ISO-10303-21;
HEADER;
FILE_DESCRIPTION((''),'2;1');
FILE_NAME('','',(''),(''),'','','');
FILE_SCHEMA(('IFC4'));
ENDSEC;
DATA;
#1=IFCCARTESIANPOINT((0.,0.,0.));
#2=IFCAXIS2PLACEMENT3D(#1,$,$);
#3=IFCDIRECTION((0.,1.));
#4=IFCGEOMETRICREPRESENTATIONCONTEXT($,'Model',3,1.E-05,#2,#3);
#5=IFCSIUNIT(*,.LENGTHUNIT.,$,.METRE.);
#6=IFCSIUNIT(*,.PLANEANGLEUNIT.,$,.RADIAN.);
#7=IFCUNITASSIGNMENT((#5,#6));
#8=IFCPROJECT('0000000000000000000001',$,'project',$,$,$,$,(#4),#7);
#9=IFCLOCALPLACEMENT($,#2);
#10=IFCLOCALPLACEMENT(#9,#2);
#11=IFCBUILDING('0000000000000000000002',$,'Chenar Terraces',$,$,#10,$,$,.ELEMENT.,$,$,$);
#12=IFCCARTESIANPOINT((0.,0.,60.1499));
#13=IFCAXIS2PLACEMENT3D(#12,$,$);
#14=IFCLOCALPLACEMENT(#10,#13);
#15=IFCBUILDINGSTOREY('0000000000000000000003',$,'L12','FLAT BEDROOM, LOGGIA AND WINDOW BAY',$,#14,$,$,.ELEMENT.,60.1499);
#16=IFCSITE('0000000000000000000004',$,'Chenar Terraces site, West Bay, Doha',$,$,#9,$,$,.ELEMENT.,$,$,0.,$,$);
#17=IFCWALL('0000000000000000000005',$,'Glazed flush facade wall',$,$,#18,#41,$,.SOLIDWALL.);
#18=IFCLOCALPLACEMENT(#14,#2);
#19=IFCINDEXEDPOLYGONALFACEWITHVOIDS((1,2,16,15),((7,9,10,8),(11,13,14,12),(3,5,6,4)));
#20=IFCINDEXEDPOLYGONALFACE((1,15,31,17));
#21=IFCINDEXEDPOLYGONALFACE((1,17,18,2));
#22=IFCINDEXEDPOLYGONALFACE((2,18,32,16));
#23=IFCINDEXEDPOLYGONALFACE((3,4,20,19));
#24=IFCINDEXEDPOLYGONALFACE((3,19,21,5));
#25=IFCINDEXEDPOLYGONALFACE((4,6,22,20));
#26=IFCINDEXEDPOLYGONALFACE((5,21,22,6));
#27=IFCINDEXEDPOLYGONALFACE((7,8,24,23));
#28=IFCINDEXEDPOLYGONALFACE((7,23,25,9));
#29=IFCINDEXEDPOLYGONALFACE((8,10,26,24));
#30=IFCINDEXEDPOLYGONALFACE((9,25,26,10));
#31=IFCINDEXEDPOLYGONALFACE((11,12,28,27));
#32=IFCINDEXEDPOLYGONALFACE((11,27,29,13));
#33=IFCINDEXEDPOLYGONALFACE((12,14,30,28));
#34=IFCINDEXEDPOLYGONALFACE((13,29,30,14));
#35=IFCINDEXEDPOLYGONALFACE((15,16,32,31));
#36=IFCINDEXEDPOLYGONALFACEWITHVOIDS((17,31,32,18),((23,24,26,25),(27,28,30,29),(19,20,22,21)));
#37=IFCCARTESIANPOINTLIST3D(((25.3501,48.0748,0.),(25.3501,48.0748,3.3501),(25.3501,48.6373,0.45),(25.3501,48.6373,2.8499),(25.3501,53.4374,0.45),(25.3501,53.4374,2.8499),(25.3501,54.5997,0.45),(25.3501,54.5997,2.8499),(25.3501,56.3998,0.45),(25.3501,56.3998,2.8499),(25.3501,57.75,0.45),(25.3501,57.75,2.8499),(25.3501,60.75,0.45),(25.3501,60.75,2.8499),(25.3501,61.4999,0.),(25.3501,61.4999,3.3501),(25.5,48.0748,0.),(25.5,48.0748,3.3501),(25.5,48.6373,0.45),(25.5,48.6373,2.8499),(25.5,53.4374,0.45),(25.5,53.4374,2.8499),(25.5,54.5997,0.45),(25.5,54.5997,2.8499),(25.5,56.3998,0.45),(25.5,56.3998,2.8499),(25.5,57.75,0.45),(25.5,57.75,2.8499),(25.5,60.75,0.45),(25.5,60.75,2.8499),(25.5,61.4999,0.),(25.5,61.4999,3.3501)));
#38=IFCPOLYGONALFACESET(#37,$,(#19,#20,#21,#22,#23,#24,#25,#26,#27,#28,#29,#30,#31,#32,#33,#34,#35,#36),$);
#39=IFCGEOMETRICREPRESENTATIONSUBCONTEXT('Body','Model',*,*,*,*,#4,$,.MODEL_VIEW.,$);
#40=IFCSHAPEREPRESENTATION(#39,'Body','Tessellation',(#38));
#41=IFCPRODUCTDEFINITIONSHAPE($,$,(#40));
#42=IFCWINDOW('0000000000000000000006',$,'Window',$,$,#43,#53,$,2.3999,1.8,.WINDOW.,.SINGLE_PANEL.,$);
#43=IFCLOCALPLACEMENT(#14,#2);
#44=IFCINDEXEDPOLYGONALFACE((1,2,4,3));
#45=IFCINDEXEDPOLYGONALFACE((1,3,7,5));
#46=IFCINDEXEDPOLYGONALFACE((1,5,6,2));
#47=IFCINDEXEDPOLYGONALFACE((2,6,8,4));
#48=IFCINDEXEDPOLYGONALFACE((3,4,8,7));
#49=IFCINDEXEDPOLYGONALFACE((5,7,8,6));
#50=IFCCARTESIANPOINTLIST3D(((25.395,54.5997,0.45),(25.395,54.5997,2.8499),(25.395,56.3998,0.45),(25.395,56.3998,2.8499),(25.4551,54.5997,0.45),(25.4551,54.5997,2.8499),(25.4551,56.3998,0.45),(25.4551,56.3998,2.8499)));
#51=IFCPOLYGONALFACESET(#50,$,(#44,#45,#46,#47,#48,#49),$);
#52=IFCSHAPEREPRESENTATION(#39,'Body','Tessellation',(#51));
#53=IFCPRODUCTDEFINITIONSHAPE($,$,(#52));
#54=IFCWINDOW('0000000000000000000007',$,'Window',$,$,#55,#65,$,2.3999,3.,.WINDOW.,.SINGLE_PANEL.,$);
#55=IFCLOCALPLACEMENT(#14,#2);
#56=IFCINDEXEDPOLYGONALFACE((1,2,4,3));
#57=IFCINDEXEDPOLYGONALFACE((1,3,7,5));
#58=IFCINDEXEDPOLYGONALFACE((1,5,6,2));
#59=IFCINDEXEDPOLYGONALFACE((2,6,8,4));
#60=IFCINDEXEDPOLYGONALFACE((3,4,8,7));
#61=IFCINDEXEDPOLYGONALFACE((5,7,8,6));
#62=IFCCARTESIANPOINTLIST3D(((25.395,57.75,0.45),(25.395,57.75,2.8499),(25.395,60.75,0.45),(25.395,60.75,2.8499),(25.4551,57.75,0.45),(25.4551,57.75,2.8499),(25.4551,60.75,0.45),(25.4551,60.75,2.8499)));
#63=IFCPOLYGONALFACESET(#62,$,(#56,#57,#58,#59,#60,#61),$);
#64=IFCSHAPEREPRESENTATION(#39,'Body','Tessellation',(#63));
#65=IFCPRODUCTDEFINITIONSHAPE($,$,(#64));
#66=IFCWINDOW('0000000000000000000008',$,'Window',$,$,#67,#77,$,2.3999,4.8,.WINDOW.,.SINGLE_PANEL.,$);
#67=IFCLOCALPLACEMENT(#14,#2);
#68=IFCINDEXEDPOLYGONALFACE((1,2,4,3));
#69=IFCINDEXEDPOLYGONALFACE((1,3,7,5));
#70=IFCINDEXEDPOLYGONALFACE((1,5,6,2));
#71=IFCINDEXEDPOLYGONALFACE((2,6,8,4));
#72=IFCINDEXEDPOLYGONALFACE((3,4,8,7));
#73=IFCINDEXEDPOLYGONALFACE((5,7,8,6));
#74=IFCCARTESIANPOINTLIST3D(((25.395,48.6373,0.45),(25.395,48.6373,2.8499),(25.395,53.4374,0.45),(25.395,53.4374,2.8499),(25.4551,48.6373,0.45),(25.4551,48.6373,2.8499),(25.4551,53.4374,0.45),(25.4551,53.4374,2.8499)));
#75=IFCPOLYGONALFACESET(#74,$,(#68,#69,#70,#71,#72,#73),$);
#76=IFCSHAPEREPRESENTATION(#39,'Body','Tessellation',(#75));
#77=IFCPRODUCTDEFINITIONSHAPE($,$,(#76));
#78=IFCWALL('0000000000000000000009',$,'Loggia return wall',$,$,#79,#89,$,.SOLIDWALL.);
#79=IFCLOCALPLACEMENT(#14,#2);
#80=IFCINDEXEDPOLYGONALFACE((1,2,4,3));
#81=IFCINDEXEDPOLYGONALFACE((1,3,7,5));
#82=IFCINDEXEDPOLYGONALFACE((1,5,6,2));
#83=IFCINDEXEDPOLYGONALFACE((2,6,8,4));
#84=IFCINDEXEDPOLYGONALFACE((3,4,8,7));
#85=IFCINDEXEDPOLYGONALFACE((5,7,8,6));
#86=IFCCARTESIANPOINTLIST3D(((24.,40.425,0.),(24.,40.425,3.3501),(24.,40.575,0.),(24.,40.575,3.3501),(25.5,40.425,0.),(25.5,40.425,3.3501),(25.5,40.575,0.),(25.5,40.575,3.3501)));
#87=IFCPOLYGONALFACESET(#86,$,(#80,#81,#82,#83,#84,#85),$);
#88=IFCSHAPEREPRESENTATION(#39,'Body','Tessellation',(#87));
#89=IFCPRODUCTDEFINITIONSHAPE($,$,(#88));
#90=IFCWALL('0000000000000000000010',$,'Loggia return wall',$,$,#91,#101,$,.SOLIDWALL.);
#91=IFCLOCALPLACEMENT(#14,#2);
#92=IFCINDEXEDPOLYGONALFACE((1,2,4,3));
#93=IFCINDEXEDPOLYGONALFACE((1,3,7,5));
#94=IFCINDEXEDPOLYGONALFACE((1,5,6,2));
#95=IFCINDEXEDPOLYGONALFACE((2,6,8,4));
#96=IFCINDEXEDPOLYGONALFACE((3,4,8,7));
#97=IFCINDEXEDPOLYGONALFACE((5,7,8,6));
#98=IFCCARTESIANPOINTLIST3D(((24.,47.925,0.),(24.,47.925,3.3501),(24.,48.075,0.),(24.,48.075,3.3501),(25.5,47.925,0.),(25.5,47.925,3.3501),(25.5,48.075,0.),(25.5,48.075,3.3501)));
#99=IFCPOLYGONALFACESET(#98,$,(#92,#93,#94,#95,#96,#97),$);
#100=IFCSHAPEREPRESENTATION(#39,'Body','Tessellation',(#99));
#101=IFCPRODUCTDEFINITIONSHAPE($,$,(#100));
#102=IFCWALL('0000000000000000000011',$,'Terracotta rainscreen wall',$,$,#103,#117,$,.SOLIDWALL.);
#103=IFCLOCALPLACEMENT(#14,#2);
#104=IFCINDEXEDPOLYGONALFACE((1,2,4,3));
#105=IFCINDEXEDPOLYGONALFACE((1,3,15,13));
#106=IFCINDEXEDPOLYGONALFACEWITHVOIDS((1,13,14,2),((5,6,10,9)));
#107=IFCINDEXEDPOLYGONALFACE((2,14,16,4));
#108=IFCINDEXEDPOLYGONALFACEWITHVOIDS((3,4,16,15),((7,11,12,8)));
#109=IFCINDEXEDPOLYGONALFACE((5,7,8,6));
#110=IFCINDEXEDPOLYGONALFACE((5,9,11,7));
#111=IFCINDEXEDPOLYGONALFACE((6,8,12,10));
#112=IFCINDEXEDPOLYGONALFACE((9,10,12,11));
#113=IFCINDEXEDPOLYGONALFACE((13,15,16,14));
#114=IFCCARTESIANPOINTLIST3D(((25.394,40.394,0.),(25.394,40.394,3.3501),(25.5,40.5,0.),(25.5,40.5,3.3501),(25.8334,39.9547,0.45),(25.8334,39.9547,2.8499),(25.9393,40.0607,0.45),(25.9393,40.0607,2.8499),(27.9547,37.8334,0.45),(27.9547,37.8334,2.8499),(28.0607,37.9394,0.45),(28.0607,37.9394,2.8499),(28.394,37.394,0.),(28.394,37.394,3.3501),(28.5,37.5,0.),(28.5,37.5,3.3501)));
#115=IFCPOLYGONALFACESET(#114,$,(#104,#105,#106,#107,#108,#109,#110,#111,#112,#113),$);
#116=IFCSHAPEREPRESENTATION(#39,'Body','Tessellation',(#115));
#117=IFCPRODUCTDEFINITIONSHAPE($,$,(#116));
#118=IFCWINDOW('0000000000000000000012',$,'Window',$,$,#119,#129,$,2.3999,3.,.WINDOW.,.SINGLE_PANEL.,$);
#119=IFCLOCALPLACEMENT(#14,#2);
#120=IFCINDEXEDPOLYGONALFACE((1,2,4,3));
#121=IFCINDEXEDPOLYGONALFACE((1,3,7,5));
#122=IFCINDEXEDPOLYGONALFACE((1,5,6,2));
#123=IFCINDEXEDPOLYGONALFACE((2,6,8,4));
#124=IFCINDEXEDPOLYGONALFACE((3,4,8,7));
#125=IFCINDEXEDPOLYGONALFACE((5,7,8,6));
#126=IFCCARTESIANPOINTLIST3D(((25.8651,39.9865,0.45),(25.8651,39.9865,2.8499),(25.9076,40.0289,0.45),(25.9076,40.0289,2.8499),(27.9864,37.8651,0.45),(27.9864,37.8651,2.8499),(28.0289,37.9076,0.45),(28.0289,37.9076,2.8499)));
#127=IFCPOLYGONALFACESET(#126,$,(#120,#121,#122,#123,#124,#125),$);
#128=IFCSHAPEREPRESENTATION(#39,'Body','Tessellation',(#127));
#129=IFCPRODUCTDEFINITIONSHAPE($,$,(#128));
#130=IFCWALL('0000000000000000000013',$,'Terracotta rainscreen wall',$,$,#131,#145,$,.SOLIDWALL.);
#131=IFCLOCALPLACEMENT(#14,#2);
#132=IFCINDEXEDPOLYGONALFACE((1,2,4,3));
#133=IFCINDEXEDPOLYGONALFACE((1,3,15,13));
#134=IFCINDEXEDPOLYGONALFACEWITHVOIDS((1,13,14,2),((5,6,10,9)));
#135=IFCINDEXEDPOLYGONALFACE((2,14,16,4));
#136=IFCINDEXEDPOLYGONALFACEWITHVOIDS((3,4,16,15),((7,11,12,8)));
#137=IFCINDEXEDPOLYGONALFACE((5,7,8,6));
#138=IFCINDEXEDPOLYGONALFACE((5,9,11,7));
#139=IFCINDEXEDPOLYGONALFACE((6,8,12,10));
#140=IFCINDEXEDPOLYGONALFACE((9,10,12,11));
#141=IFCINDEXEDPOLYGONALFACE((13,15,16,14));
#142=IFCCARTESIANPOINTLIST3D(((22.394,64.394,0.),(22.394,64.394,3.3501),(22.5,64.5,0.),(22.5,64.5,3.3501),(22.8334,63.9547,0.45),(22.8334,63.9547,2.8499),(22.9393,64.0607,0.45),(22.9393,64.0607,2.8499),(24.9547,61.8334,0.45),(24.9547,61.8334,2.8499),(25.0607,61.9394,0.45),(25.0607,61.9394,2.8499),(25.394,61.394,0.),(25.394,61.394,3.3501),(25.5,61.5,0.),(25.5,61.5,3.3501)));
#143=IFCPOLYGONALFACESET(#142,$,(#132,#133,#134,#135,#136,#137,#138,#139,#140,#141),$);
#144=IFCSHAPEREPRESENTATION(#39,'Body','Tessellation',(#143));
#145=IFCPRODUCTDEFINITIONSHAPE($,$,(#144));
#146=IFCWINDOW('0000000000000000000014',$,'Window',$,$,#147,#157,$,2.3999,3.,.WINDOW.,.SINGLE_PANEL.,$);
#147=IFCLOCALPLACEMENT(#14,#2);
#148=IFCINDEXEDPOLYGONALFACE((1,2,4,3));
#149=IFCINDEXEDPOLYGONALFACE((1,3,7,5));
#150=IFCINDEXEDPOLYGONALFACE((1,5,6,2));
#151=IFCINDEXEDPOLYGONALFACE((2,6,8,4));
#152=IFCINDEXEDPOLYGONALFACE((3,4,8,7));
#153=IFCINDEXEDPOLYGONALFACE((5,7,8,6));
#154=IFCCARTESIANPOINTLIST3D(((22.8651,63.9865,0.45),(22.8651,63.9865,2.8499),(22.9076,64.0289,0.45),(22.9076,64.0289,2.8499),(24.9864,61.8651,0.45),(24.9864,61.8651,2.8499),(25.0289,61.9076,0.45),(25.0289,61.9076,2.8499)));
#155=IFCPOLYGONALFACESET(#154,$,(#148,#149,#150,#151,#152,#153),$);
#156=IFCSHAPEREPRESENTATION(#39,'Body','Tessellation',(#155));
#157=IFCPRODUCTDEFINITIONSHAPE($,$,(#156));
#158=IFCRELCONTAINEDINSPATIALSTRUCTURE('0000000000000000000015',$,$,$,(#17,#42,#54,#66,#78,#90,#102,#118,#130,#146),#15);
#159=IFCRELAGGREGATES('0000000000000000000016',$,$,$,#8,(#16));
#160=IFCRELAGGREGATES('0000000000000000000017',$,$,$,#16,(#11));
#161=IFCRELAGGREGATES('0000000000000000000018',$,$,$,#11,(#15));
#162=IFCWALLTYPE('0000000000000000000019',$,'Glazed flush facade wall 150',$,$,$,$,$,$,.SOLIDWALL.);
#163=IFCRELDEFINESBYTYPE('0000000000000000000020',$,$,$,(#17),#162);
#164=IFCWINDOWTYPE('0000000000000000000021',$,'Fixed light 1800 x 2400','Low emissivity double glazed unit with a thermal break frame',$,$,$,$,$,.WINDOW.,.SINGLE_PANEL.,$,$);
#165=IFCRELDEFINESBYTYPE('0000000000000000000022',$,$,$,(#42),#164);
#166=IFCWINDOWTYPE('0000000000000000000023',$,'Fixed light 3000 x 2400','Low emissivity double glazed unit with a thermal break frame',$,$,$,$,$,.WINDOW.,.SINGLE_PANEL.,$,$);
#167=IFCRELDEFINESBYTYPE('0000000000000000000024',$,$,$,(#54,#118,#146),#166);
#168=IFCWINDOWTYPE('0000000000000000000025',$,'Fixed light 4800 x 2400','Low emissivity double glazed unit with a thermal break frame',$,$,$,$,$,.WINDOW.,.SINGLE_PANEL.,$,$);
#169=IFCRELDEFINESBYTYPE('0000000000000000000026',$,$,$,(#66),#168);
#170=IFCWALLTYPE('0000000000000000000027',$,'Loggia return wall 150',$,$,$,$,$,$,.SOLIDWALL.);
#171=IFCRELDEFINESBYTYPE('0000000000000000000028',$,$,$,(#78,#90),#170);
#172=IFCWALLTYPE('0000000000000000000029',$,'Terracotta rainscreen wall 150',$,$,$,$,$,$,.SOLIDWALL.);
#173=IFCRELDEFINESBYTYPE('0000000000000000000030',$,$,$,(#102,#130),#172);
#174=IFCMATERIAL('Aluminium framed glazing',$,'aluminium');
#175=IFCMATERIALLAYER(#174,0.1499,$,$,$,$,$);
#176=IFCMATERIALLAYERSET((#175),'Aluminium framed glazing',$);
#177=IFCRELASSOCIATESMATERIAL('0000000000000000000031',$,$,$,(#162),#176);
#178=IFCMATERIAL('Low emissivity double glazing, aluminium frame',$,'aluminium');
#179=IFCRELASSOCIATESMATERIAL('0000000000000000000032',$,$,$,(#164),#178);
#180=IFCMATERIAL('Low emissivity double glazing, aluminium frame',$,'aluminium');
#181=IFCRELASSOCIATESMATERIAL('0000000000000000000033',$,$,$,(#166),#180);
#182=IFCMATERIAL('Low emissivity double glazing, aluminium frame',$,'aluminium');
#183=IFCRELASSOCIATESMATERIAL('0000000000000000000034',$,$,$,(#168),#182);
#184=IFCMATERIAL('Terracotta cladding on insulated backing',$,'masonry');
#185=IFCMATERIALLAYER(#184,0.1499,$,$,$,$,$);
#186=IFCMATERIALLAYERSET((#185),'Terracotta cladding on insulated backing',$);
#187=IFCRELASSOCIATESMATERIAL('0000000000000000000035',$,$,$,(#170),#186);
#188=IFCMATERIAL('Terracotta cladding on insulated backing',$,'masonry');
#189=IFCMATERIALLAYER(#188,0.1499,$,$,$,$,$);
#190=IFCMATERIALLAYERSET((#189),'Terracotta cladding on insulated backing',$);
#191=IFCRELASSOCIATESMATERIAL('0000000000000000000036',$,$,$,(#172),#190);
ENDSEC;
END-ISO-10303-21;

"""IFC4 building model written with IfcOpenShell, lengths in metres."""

from ifc_helpers import new_model, si_unit, direction, frame, frame_2d, origin, place, context, subcontext, project, spatial, rectangle, extrude, material, layer, layer_set, type_object, element, fill, save


model = new_model("IFC4")

# Units and contexts
model_context = context("Model", 3, precision=1e-05, world=origin(), true_north=direction((0.0, 1.0)))
body_context = subcontext(model_context, "Body", "Model", "MODEL_VIEW")
ifc_project = project(units=[si_unit("LENGTHUNIT", "METRE"), si_unit("PLANEANGLEUNIT", "RADIAN")], contexts=[model_context])

# Site, building, storey
site_placement = place(None, origin())
site = spatial("IfcSite", under=ifc_project, at=site_placement, Name="Chenar Terraces site, West Bay, Doha", CompositionType="ELEMENT", RefElevation=0.0)
building_placement = place(site_placement, origin())
building = spatial("IfcBuilding", under=site, at=building_placement, Name="Chenar Terraces", CompositionType="ELEMENT")
storey_placement = place(building_placement, frame((0.0, 0.0, 60.1499)))
storey = spatial("IfcBuildingStorey", under=building, at=storey_placement, Name="L12", Description="FLAT BEDROOM, LOGGIA AND WINDOW BAY", CompositionType="ELEMENT", Elevation=60.1499)

# Wall, openings, windows
ifc_material_1 = material(Name="Aluminium framed glazing", Category="aluminium")
ifc_layer_1 = layer(ifc_material_1, 0.1499)
ifc_layer_set_1 = layer_set([ifc_layer_1], Name="Aluminium framed glazing")
wall_type_1 = type_object("IfcWallType", Name="Glazed flush facade wall 150", PredefinedType="SOLIDWALL", material=ifc_layer_set_1)
wall_1_placement = place(storey_placement, frame((25.425, 48.075, 0.0), z_axis=(0.0, 0.0, 1.0), x_axis=(0.0, 1.0, 0.0)))
wall_1 = element("IfcWall", 1, at=wall_1_placement, inside=storey, type_object=wall_type_1, Name="Glazed flush facade wall", PredefinedType="SOLIDWALL", context=body_context, shape_type="SweptSolid", body=[
    extrude(rectangle(XDim=13.425, YDim=0.1499, at=frame_2d((6.7124, 0.0))), origin(), (0.0, 0.0, 1.0), 3.3501),
])
opening_1_placement = place(wall_1_placement, frame((0.5625, 0.0, 0.45)))
opening_1 = element("IfcOpeningElement", 2, at=opening_1_placement, cuts=wall_1, PredefinedType="OPENING", context=body_context, shape_type="SweptSolid", body=[
    extrude(rectangle(XDim=4.8, YDim=2.3999, at=frame_2d((2.3999, 1.2))), frame((0.0, 0.085, 0.0), z_axis=(0.0, -1.0, 0.0), x_axis=(1.0, 0.0, 0.0)), (0.0, 0.0, 1.0), 0.1699),
])
opening_2_placement = place(wall_1_placement, frame((6.5249, 0.0, 0.45)))
opening_2 = element("IfcOpeningElement", 3, at=opening_2_placement, cuts=wall_1, PredefinedType="OPENING", context=body_context, shape_type="SweptSolid", body=[
    extrude(rectangle(XDim=1.8, YDim=2.3999, at=frame_2d((0.8999, 1.2))), frame((0.0, 0.085, 0.0), z_axis=(0.0, -1.0, 0.0), x_axis=(1.0, 0.0, 0.0)), (0.0, 0.0, 1.0), 0.1699),
])
opening_3_placement = place(wall_1_placement, frame((9.675, 0.0, 0.45)))
opening_3 = element("IfcOpeningElement", 4, at=opening_3_placement, cuts=wall_1, PredefinedType="OPENING", context=body_context, shape_type="SweptSolid", body=[
    extrude(rectangle(XDim=3.0, YDim=2.3999, at=frame_2d((1.5, 1.2))), frame((0.0, 0.085, 0.0), z_axis=(0.0, -1.0, 0.0), x_axis=(1.0, 0.0, 0.0)), (0.0, 0.0, 1.0), 0.1699),
])
ifc_material_2 = material(Name="Low emissivity double glazing, aluminium frame", Category="aluminium")
window_type_1 = type_object("IfcWindowType", Name="Fixed light 1800 x 2400", Description="Low emissivity double glazed unit with a thermal break frame", PartitioningType="SINGLE_PANEL", PredefinedType="WINDOW", material=ifc_material_2)
window_1_placement = place(opening_2_placement, origin())
window_1 = element("IfcWindow", 5, at=window_1_placement, inside=storey, type_object=window_type_1, Name="Window", OverallHeight=2.3999, OverallWidth=1.8, PartitioningType="SINGLE_PANEL", PredefinedType="WINDOW", context=body_context, shape_type="SweptSolid", body=[
    extrude(rectangle(XDim=1.8, YDim=2.3999, at=frame_2d((0.8999, 1.2))), frame((0.0, 0.03, 0.0), z_axis=(0.0, -1.0, 0.0), x_axis=(1.0, 0.0, 0.0)), (0.0, 0.0, 1.0), 0.0601),
])
fill(opening_2, window_1)
ifc_material_3 = material(Name="Low emissivity double glazing, aluminium frame", Category="aluminium")
window_type_2 = type_object("IfcWindowType", Name="Fixed light 3000 x 2400", Description="Low emissivity double glazed unit with a thermal break frame", PartitioningType="SINGLE_PANEL", PredefinedType="WINDOW", material=ifc_material_3)
window_2_placement = place(opening_3_placement, origin())
window_2 = element("IfcWindow", 6, at=window_2_placement, inside=storey, type_object=window_type_2, Name="Window", OverallHeight=2.3999, OverallWidth=3.0, PartitioningType="SINGLE_PANEL", PredefinedType="WINDOW", context=body_context, shape_type="SweptSolid", body=[
    extrude(rectangle(XDim=3.0, YDim=2.3999, at=frame_2d((1.5, 1.2))), frame((0.0, 0.03, 0.0), z_axis=(0.0, -1.0, 0.0), x_axis=(1.0, 0.0, 0.0)), (0.0, 0.0, 1.0), 0.0601),
])
fill(opening_3, window_2)
ifc_material_4 = material(Name="Low emissivity double glazing, aluminium frame", Category="aluminium")
window_type_3 = type_object("IfcWindowType", Name="Fixed light 4800 x 2400", Description="Low emissivity double glazed unit with a thermal break frame", PartitioningType="SINGLE_PANEL", PredefinedType="WINDOW", material=ifc_material_4)
window_3_placement = place(opening_1_placement, origin())
window_3 = element("IfcWindow", 7, at=window_3_placement, inside=storey, type_object=window_type_3, Name="Window", OverallHeight=2.3999, OverallWidth=4.8, PartitioningType="SINGLE_PANEL", PredefinedType="WINDOW", context=body_context, shape_type="SweptSolid", body=[
    extrude(rectangle(XDim=4.8, YDim=2.3999, at=frame_2d((2.3999, 1.2))), frame((0.0, 0.03, 0.0), z_axis=(0.0, -1.0, 0.0), x_axis=(1.0, 0.0, 0.0)), (0.0, 0.0, 1.0), 0.0601),
])
fill(opening_1, window_3)

# Walls
ifc_material_5 = material(Name="Terracotta cladding on insulated backing", Category="masonry")
ifc_layer_2 = layer(ifc_material_5, 0.1499)
ifc_layer_set_2 = layer_set([ifc_layer_2], Name="Terracotta cladding on insulated backing")
wall_type_2 = type_object("IfcWallType", Name="Loggia return wall 150", PredefinedType="SOLIDWALL", material=ifc_layer_set_2)
for number, where, z_axis, x_axis, name in (
    (8, (25.5, 40.5, 0.0), (0.0, 0.0, 1.0), (-1.0, 0.0, 0.0), "Loggia return wall"),
    (9, (25.5, 48.0, 0.0), (0.0, 0.0, 1.0), (-1.0, 0.0, 0.0), "Loggia return wall"),
):
    element("IfcWall", number, at=place(storey_placement, frame(where, z_axis=z_axis, x_axis=x_axis)), inside=storey, type_object=wall_type_2, Name=name, PredefinedType="SOLIDWALL", context=body_context, shape_type="SweptSolid", body=[
        extrude(rectangle(XDim=1.5, YDim=0.1499, at=frame_2d((0.75, 0.0))), origin(), (0.0, 0.0, 1.0), 3.3501),
    ])

# Walls, openings, windows
ifc_material_6 = material(Name="Terracotta cladding on insulated backing", Category="masonry")
ifc_layer_3 = layer(ifc_material_6, 0.1499)
ifc_layer_set_3 = layer_set([ifc_layer_3], Name="Terracotta cladding on insulated backing")
wall_type_3 = type_object("IfcWallType", Name="Terracotta rainscreen wall 150", PredefinedType="SOLIDWALL", material=ifc_layer_set_3)
wall_2_placement = place(storey_placement, frame((28.447, 37.447, 0.0), z_axis=(0.0, 0.0, 1.0), x_axis=(-0.707107, 0.707107, 0.0)))
wall_2 = element("IfcWall", 10, at=wall_2_placement, inside=storey, type_object=wall_type_3, Name="Terracotta rainscreen wall", PredefinedType="SOLIDWALL", context=body_context, shape_type="SweptSolid", body=[
    extrude(rectangle(XDim=4.2427, YDim=0.1499, at=frame_2d((2.1213, 0.0))), origin(), (0.0, 0.0, 1.0), 3.3501),
])
opening_4_placement = place(wall_2_placement, frame((0.6213, 0.0, 0.45)))
opening_4 = element("IfcOpeningElement", 11, at=opening_4_placement, cuts=wall_2, PredefinedType="OPENING", context=body_context, shape_type="SweptSolid", body=[
    extrude(rectangle(XDim=3.0, YDim=2.3999, at=frame_2d((1.5, 1.2))), frame((0.0, 0.085, 0.0), z_axis=(0.0, -1.0, 0.0), x_axis=(1.0, 0.0, 0.0)), (0.0, 0.0, 1.0), 0.1699),
])
window_4_placement = place(opening_4_placement, origin())
window_4 = element("IfcWindow", 12, at=window_4_placement, inside=storey, type_object=window_type_2, Name="Window", OverallHeight=2.3999, OverallWidth=3.0, PartitioningType="SINGLE_PANEL", PredefinedType="WINDOW", context=body_context, shape_type="SweptSolid", body=[
    extrude(rectangle(XDim=3.0, YDim=2.3999, at=frame_2d((1.5, 1.2))), frame((0.0, 0.03, 0.0), z_axis=(0.0, -1.0, 0.0), x_axis=(1.0, 0.0, 0.0)), (0.0, 0.0, 1.0), 0.0601),
])
fill(opening_4, window_4)
wall_3_placement = place(storey_placement, frame((25.447, 61.447, 0.0), z_axis=(0.0, 0.0, 1.0), x_axis=(-0.707107, 0.707107, 0.0)))
wall_3 = element("IfcWall", 13, at=wall_3_placement, inside=storey, type_object=wall_type_3, Name="Terracotta rainscreen wall", PredefinedType="SOLIDWALL", context=body_context, shape_type="SweptSolid", body=[
    extrude(rectangle(XDim=4.2427, YDim=0.1499, at=frame_2d((2.1213, 0.0))), origin(), (0.0, 0.0, 1.0), 3.3501),
])
opening_5_placement = place(wall_3_placement, frame((0.6213, 0.0, 0.45)))
opening_5 = element("IfcOpeningElement", 14, at=opening_5_placement, cuts=wall_3, PredefinedType="OPENING", context=body_context, shape_type="SweptSolid", body=[
    extrude(rectangle(XDim=3.0, YDim=2.3999, at=frame_2d((1.5, 1.2))), frame((0.0, 0.085, 0.0), z_axis=(0.0, -1.0, 0.0), x_axis=(1.0, 0.0, 0.0)), (0.0, 0.0, 1.0), 0.1699),
])
window_5_placement = place(opening_5_placement, origin())
window_5 = element("IfcWindow", 15, at=window_5_placement, inside=storey, type_object=window_type_2, Name="Window", OverallHeight=2.3999, OverallWidth=3.0, PartitioningType="SINGLE_PANEL", PredefinedType="WINDOW", context=body_context, shape_type="SweptSolid", body=[
    extrude(rectangle(XDim=3.0, YDim=2.3999, at=frame_2d((1.5, 1.2))), frame((0.0, 0.03, 0.0), z_axis=(0.0, -1.0, 0.0), x_axis=(1.0, 0.0, 0.0)), (0.0, 0.0, 1.0), 0.0601),
])
fill(opening_5, window_5)

save(model, "model.ifc")
